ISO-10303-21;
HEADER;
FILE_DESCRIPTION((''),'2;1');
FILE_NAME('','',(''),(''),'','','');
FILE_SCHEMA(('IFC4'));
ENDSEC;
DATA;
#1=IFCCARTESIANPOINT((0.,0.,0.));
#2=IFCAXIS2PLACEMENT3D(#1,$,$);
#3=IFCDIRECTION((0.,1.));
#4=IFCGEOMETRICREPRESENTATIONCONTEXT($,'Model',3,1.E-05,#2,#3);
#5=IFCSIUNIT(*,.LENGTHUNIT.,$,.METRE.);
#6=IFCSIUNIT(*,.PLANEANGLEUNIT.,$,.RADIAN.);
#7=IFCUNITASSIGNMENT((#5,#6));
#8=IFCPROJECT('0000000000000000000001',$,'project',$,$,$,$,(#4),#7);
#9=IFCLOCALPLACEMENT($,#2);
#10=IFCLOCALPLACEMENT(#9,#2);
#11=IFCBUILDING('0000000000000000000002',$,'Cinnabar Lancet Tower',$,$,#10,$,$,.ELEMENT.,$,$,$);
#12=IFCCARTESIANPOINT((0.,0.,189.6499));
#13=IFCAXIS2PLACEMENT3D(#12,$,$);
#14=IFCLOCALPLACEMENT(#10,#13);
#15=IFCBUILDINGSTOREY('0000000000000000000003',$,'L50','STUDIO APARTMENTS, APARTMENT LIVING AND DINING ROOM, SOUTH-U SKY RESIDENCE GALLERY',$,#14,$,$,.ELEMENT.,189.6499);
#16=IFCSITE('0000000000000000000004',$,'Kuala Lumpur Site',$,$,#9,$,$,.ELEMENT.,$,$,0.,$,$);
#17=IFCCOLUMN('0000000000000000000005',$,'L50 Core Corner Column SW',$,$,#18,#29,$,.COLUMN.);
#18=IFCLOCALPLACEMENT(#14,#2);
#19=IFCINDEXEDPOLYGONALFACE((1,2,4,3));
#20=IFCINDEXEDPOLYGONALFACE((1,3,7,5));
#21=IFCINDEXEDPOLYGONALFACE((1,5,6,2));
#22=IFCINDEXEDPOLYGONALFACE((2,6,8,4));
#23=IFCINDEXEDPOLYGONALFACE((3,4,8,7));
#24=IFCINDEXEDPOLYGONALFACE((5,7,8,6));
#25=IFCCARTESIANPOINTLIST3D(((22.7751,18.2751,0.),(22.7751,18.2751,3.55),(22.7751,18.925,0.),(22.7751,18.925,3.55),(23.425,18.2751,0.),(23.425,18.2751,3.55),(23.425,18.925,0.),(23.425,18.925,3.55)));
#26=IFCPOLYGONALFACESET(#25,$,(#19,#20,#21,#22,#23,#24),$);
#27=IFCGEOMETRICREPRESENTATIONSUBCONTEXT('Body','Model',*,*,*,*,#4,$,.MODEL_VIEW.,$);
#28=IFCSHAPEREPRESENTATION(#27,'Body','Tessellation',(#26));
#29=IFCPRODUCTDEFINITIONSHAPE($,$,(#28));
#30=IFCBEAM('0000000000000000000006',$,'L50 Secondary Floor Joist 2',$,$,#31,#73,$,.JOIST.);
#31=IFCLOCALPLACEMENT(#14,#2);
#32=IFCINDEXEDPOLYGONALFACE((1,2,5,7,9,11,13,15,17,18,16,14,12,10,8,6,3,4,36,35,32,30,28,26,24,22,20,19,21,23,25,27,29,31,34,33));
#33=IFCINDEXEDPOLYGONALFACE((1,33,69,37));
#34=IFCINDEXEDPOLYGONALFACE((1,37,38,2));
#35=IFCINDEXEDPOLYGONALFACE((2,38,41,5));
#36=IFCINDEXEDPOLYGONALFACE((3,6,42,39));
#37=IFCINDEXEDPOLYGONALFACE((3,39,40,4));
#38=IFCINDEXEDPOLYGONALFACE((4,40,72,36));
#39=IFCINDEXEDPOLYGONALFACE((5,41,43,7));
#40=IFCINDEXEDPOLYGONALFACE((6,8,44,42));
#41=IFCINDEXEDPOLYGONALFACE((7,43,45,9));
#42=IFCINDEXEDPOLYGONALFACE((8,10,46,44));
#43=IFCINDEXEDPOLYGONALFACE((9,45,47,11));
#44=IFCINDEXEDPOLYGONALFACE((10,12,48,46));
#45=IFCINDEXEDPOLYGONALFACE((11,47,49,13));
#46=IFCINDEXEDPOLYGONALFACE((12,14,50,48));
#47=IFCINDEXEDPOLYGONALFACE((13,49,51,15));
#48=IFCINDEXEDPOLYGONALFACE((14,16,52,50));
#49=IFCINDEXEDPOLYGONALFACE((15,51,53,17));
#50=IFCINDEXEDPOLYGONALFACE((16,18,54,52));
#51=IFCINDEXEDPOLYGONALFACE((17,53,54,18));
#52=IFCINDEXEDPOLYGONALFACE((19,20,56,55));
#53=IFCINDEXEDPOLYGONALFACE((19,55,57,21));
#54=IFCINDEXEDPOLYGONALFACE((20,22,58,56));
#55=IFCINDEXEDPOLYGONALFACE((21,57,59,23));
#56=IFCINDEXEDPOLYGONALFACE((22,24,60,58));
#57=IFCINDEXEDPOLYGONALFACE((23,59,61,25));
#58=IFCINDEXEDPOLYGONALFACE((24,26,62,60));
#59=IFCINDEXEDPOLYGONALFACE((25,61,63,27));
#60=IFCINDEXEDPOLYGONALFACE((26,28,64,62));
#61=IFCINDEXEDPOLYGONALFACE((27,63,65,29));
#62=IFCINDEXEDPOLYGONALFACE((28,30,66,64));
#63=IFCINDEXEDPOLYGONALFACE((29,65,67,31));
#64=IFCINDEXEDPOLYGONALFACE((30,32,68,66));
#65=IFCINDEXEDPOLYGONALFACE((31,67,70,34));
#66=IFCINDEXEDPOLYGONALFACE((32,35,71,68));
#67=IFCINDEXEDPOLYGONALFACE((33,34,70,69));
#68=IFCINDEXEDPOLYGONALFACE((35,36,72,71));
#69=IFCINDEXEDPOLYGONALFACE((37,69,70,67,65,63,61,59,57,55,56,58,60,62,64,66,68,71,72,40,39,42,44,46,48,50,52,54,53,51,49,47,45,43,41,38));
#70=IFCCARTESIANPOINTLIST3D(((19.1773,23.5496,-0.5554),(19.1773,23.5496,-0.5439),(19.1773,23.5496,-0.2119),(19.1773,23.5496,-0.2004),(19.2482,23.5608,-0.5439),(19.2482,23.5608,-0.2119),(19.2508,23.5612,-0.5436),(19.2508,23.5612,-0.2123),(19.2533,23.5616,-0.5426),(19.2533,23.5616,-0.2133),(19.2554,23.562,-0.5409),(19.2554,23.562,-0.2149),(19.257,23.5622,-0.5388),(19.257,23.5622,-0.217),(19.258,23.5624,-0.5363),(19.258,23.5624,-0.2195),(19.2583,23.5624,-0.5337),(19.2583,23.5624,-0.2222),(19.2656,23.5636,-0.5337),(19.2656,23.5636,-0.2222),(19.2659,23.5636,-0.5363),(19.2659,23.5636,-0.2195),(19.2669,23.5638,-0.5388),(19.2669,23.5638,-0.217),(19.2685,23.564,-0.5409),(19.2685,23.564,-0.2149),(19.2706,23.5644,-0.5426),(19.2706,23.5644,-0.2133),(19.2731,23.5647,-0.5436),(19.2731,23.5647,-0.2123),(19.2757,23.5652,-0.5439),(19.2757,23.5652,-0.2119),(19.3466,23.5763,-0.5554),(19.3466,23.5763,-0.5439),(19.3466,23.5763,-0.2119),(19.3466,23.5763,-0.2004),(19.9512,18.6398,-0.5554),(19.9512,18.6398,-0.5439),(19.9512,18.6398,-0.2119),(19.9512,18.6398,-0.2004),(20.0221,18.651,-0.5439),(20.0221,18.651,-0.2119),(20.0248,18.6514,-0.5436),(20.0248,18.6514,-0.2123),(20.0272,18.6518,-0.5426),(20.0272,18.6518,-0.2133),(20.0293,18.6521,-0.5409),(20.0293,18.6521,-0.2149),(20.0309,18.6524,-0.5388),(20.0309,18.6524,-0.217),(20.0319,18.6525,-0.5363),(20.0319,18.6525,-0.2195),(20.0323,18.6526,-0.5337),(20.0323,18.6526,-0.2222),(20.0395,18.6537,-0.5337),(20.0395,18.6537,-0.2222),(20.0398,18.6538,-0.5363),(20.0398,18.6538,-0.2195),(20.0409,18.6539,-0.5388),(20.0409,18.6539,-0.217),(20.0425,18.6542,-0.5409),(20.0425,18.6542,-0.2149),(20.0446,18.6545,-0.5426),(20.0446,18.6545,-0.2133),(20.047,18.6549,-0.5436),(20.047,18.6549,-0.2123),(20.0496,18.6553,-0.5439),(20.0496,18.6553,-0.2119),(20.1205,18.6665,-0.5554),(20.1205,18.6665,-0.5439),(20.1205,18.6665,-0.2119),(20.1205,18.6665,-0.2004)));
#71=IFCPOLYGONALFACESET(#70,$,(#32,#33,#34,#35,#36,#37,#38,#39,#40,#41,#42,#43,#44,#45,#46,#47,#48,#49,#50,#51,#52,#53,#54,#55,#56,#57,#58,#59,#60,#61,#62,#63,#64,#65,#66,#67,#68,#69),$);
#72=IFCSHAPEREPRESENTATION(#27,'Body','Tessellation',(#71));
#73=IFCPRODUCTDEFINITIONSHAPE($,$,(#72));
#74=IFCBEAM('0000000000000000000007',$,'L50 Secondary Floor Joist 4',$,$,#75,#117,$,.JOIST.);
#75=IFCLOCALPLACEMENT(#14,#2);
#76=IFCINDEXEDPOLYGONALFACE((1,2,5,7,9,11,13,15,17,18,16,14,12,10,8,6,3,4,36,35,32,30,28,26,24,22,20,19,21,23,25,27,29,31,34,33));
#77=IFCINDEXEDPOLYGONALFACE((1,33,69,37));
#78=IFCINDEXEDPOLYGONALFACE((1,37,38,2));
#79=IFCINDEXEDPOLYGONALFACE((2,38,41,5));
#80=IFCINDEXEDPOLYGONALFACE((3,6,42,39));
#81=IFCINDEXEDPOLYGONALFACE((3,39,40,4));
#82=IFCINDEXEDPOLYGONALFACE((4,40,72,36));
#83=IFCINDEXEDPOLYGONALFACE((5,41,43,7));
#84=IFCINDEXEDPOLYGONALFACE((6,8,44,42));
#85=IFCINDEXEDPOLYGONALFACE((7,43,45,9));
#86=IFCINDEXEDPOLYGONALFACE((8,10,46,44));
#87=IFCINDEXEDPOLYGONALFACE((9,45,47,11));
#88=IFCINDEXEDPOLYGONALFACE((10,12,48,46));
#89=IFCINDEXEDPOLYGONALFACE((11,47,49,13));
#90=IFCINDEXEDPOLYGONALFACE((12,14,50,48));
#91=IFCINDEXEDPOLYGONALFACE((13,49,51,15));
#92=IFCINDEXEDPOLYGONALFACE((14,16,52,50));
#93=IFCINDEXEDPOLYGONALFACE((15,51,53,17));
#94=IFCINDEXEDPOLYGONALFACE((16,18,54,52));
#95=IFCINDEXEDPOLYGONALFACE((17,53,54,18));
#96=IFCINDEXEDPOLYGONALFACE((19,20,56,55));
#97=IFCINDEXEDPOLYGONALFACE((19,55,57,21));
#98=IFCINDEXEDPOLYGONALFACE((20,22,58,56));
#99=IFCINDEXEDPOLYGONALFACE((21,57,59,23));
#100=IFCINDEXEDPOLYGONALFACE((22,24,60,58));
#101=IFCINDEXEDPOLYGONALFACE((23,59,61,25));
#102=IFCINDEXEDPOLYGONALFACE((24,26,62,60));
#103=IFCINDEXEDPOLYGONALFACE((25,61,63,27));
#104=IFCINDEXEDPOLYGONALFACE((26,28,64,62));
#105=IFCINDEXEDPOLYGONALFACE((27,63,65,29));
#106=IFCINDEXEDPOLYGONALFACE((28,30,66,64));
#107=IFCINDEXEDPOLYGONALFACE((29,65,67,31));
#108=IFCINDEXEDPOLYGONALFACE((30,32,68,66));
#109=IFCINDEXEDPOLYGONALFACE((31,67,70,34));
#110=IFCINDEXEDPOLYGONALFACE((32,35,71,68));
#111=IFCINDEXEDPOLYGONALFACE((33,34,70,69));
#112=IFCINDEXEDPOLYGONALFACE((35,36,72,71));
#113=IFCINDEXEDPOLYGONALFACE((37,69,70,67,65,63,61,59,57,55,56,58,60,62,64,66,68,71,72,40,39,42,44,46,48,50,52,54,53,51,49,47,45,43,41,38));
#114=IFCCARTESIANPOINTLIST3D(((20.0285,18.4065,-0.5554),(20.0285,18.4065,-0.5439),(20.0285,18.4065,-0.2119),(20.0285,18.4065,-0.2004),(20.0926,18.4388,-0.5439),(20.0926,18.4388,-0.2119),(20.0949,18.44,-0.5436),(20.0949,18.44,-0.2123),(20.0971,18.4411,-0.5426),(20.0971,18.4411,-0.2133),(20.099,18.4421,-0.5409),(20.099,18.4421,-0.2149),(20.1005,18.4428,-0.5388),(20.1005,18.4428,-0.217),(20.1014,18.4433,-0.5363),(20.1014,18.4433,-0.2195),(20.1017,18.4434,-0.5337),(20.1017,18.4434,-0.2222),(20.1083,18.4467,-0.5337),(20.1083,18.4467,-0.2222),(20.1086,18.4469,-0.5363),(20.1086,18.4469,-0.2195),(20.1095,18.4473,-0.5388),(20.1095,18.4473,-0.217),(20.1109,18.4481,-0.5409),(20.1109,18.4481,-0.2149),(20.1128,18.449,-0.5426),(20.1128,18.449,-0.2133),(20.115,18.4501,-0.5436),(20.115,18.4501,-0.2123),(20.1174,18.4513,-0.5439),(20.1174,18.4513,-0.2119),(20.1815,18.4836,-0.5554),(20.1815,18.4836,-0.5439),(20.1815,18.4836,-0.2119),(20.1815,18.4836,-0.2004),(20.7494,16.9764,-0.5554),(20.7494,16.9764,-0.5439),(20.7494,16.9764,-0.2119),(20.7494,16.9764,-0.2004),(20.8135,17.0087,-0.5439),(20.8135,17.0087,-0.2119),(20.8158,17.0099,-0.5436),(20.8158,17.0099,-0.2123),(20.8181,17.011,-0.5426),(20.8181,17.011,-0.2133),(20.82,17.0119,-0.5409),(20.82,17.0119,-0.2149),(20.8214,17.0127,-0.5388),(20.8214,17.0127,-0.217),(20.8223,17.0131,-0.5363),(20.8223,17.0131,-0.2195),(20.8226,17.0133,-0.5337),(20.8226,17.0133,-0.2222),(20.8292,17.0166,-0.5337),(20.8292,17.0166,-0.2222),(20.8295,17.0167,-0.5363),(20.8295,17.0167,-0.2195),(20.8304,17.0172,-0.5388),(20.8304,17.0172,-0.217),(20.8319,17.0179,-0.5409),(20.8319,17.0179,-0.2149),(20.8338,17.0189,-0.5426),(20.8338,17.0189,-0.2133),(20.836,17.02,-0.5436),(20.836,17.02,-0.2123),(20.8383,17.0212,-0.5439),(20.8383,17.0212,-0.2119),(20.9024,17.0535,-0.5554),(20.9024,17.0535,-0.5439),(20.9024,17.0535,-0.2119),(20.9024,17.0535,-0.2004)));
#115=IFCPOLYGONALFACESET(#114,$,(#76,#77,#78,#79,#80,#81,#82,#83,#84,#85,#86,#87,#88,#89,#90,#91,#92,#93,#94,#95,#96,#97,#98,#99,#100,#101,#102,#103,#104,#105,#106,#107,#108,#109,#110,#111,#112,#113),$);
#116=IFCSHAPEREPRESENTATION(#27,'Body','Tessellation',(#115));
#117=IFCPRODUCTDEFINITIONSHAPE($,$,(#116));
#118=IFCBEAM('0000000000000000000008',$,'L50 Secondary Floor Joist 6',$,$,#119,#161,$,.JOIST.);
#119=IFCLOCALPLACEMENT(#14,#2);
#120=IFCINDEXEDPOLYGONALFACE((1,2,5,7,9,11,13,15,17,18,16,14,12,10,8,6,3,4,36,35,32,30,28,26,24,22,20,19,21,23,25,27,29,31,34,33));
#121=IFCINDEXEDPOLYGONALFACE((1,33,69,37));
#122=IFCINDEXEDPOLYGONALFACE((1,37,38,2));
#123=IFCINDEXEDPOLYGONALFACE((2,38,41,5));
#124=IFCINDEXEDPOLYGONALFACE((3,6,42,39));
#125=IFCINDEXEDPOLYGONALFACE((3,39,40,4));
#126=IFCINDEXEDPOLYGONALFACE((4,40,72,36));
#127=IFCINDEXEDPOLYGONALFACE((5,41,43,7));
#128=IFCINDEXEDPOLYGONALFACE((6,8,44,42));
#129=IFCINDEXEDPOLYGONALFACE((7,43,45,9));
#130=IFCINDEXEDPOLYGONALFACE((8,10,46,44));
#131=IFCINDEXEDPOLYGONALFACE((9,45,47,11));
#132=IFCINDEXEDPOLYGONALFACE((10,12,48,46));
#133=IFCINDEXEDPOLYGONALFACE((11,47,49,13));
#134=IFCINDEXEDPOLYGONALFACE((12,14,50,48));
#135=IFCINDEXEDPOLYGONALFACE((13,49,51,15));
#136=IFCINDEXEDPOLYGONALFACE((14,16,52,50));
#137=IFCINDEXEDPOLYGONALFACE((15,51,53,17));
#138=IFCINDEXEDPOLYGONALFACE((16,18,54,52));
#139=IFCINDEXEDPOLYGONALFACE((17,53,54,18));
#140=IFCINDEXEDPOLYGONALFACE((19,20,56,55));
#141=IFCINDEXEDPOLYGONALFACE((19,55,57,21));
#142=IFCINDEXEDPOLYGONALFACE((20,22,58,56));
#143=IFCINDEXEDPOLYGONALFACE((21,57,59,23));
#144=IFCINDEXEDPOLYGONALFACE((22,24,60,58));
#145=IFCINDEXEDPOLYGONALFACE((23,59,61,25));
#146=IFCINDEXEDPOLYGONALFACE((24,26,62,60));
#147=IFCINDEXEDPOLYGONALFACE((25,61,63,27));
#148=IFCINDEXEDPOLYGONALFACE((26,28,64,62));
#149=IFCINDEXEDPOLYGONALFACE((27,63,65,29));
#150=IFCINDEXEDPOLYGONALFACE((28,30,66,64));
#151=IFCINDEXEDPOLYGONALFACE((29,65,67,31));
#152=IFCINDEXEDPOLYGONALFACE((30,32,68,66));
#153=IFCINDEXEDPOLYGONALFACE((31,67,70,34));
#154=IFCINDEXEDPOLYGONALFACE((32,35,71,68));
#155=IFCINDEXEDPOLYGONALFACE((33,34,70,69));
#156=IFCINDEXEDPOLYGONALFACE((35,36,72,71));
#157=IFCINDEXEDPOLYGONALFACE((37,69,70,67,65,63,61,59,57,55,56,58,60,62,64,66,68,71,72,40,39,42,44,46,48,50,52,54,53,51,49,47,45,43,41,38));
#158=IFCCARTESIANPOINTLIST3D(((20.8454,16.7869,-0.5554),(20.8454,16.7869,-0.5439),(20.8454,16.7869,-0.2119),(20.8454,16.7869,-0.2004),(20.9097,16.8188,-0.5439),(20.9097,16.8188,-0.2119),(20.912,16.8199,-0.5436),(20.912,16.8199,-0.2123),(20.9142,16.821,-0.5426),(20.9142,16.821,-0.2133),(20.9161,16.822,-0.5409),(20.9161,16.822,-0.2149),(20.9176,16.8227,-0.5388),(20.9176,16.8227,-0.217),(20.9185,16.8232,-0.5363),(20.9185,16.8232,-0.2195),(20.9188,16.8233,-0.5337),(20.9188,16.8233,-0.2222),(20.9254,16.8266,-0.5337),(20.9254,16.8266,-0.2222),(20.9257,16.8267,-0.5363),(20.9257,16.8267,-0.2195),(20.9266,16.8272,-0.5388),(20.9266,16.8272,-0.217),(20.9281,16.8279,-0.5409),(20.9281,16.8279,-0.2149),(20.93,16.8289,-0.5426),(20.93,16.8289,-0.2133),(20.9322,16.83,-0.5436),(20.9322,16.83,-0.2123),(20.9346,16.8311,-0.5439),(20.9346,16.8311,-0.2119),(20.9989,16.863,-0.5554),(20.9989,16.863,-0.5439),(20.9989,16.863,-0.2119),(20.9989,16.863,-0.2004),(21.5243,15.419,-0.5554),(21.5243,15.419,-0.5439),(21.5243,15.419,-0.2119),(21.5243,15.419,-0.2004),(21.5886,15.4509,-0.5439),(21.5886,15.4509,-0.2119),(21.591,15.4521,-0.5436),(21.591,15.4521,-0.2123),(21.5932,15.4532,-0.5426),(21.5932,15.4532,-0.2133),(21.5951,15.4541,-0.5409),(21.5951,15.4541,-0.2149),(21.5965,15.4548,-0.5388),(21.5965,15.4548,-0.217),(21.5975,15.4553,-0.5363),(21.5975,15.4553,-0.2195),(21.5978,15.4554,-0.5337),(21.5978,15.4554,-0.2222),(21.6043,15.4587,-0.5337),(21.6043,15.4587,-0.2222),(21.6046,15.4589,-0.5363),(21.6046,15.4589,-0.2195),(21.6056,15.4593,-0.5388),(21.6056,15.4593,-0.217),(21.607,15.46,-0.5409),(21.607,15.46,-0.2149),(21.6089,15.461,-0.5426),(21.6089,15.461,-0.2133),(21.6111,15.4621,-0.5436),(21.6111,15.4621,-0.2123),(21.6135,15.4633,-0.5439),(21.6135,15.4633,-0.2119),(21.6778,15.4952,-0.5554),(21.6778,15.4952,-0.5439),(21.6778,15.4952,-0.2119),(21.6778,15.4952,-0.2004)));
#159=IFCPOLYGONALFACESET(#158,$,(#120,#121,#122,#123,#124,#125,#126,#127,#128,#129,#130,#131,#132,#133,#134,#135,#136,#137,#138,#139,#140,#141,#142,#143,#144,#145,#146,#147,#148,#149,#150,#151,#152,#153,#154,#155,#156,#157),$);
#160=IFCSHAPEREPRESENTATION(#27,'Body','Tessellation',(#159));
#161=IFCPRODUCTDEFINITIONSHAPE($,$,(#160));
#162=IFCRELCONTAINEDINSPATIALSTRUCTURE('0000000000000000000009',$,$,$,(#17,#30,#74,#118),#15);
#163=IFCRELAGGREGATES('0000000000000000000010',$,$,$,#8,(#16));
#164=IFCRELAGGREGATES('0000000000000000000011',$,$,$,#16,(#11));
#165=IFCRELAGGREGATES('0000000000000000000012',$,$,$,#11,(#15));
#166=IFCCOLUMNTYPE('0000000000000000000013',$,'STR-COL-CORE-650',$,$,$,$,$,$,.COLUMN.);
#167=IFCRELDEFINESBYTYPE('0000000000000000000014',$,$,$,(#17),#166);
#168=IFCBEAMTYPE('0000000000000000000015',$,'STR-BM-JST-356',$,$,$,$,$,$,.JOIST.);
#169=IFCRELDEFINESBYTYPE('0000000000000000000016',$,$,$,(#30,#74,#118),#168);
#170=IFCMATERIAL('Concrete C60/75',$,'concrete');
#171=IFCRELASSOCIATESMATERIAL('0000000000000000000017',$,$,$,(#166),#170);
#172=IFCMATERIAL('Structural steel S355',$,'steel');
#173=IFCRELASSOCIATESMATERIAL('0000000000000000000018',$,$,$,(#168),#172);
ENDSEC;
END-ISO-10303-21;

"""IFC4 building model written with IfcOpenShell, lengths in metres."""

from ifc_helpers import new_model, si_unit, direction, frame, origin, origin_2d, place, context, subcontext, project, spatial, rectangle, i_section, extrude, material, material_profile, profile_set, type_object, element, save


model = new_model("IFC4")

# Units and contexts
model_context = context("Model", 3, precision=1e-05, world=origin(), true_north=direction((0.0, 1.0)))
body_context = subcontext(model_context, "Body", "Model", "MODEL_VIEW")
ifc_project = project(units=[si_unit("LENGTHUNIT", "METRE"), si_unit("PLANEANGLEUNIT", "RADIAN")], contexts=[model_context])

# Site, building, storey
site_placement = place(None, origin())
site = spatial("IfcSite", under=ifc_project, at=site_placement, Name="Kuala Lumpur Site", CompositionType="ELEMENT", RefElevation=0.0)
building_placement = place(site_placement, origin())
building = spatial("IfcBuilding", under=site, at=building_placement, Name="Cinnabar Lancet Tower", CompositionType="ELEMENT")
storey_placement = place(building_placement, frame((0.0, 0.0, 189.6499)))
storey = spatial("IfcBuildingStorey", under=building, at=storey_placement, Name="L50", Description="STUDIO APARTMENTS, APARTMENT LIVING AND DINING ROOM, SOUTH-U SKY RESIDENCE GALLERY", CompositionType="ELEMENT", Elevation=189.6499)

# Column
ifc_material_1 = material(Name="Concrete C60/75", Category="concrete")
ifc_material_profile_1 = material_profile(ifc_material_1, rectangle(XDim=0.6499, YDim=0.6499, at=origin_2d()), Name="RC-COL 650x650")
ifc_profile_set_1 = profile_set([ifc_material_profile_1], Name="Concrete C60/75")
column_type = type_object("IfcColumnType", Name="STR-COL-CORE-650", PredefinedType="COLUMN", material=ifc_profile_set_1)
column_placement = place(storey_placement, frame((23.1001, 18.6001, 0.0), z_axis=(0.0, 0.0, 1.0), x_axis=(1.0, 0.0, 0.0)))
element("IfcColumn", 1, at=column_placement, inside=storey, type_object=column_type, Name="L50 Core Corner Column SW", PredefinedType="COLUMN", context=body_context, shape_type="SweptSolid", body=[
    extrude(rectangle(XDim=0.6499, YDim=0.6499, at=origin_2d()), origin(), (0.0, 0.0, 1.0), 3.55),
])

# Beams
ifc_material_2 = material(Name="Structural steel S355", Category="steel")
ifc_material_profile_2 = material_profile(ifc_material_2, i_section(OverallWidth=0.1714, OverallDepth=0.355, WebThickness=0.0073, FlangeThickness=0.0115, FilletRadius=0.0103, at=origin_2d()), Name="UKB 356x171x51")
ifc_profile_set_2 = profile_set([ifc_material_profile_2], Name="Structural steel S355")
beam_type_1 = type_object("IfcBeamType", Name="STR-BM-JST-356", PredefinedType="JOIST", material=ifc_profile_set_2)
beam_1_placement = place(storey_placement, frame((19.262, 23.563, -0.3779), z_axis=(0.155703, -0.987804, 0.0), x_axis=(0.987804, 0.155703, 0.0)))
element("IfcBeam", 2, at=beam_1_placement, inside=storey, type_object=beam_type_1, Name="L50 Secondary Floor Joist 2", PredefinedType="JOIST", context=body_context, shape_type="SweptSolid", body=[
    extrude(i_section(OverallWidth=0.1714, OverallDepth=0.355, WebThickness=0.0073, FlangeThickness=0.0115, FilletRadius=0.0103, at=origin_2d()), origin(), (0.0, 0.0, 1.0), 4.9705),
])
beam_2_placement = place(storey_placement, frame((20.105, 18.4451, -0.3779), z_axis=(0.450138, -0.892959, 0.0), x_axis=(0.892959, 0.450138, 0.0)))
element("IfcBeam", 3, at=beam_2_placement, inside=storey, type_object=beam_type_1, Name="L50 Secondary Floor Joist 4", PredefinedType="JOIST", context=body_context, shape_type="SweptSolid", body=[
    extrude(i_section(OverallWidth=0.1714, OverallDepth=0.355, WebThickness=0.0073, FlangeThickness=0.0115, FilletRadius=0.0103, at=origin_2d()), origin(), (0.0, 0.0, 1.0), 1.6016),
])
beam_3_placement = place(storey_placement, frame((20.9221, 16.825, -0.3779), z_axis=(0.44459, -0.895734, 0.0), x_axis=(0.895734, 0.44459, 0.0)))
element("IfcBeam", 4, at=beam_3_placement, inside=storey, type_object=beam_type_1, Name="L50 Secondary Floor Joist 6", PredefinedType="JOIST", context=body_context, shape_type="SweptSolid", body=[
    extrude(i_section(OverallWidth=0.1714, OverallDepth=0.355, WebThickness=0.0073, FlangeThickness=0.0115, FilletRadius=0.0103, at=origin_2d()), origin(), (0.0, 0.0, 1.0), 1.5271),
])

save(model, "model.ifc")
